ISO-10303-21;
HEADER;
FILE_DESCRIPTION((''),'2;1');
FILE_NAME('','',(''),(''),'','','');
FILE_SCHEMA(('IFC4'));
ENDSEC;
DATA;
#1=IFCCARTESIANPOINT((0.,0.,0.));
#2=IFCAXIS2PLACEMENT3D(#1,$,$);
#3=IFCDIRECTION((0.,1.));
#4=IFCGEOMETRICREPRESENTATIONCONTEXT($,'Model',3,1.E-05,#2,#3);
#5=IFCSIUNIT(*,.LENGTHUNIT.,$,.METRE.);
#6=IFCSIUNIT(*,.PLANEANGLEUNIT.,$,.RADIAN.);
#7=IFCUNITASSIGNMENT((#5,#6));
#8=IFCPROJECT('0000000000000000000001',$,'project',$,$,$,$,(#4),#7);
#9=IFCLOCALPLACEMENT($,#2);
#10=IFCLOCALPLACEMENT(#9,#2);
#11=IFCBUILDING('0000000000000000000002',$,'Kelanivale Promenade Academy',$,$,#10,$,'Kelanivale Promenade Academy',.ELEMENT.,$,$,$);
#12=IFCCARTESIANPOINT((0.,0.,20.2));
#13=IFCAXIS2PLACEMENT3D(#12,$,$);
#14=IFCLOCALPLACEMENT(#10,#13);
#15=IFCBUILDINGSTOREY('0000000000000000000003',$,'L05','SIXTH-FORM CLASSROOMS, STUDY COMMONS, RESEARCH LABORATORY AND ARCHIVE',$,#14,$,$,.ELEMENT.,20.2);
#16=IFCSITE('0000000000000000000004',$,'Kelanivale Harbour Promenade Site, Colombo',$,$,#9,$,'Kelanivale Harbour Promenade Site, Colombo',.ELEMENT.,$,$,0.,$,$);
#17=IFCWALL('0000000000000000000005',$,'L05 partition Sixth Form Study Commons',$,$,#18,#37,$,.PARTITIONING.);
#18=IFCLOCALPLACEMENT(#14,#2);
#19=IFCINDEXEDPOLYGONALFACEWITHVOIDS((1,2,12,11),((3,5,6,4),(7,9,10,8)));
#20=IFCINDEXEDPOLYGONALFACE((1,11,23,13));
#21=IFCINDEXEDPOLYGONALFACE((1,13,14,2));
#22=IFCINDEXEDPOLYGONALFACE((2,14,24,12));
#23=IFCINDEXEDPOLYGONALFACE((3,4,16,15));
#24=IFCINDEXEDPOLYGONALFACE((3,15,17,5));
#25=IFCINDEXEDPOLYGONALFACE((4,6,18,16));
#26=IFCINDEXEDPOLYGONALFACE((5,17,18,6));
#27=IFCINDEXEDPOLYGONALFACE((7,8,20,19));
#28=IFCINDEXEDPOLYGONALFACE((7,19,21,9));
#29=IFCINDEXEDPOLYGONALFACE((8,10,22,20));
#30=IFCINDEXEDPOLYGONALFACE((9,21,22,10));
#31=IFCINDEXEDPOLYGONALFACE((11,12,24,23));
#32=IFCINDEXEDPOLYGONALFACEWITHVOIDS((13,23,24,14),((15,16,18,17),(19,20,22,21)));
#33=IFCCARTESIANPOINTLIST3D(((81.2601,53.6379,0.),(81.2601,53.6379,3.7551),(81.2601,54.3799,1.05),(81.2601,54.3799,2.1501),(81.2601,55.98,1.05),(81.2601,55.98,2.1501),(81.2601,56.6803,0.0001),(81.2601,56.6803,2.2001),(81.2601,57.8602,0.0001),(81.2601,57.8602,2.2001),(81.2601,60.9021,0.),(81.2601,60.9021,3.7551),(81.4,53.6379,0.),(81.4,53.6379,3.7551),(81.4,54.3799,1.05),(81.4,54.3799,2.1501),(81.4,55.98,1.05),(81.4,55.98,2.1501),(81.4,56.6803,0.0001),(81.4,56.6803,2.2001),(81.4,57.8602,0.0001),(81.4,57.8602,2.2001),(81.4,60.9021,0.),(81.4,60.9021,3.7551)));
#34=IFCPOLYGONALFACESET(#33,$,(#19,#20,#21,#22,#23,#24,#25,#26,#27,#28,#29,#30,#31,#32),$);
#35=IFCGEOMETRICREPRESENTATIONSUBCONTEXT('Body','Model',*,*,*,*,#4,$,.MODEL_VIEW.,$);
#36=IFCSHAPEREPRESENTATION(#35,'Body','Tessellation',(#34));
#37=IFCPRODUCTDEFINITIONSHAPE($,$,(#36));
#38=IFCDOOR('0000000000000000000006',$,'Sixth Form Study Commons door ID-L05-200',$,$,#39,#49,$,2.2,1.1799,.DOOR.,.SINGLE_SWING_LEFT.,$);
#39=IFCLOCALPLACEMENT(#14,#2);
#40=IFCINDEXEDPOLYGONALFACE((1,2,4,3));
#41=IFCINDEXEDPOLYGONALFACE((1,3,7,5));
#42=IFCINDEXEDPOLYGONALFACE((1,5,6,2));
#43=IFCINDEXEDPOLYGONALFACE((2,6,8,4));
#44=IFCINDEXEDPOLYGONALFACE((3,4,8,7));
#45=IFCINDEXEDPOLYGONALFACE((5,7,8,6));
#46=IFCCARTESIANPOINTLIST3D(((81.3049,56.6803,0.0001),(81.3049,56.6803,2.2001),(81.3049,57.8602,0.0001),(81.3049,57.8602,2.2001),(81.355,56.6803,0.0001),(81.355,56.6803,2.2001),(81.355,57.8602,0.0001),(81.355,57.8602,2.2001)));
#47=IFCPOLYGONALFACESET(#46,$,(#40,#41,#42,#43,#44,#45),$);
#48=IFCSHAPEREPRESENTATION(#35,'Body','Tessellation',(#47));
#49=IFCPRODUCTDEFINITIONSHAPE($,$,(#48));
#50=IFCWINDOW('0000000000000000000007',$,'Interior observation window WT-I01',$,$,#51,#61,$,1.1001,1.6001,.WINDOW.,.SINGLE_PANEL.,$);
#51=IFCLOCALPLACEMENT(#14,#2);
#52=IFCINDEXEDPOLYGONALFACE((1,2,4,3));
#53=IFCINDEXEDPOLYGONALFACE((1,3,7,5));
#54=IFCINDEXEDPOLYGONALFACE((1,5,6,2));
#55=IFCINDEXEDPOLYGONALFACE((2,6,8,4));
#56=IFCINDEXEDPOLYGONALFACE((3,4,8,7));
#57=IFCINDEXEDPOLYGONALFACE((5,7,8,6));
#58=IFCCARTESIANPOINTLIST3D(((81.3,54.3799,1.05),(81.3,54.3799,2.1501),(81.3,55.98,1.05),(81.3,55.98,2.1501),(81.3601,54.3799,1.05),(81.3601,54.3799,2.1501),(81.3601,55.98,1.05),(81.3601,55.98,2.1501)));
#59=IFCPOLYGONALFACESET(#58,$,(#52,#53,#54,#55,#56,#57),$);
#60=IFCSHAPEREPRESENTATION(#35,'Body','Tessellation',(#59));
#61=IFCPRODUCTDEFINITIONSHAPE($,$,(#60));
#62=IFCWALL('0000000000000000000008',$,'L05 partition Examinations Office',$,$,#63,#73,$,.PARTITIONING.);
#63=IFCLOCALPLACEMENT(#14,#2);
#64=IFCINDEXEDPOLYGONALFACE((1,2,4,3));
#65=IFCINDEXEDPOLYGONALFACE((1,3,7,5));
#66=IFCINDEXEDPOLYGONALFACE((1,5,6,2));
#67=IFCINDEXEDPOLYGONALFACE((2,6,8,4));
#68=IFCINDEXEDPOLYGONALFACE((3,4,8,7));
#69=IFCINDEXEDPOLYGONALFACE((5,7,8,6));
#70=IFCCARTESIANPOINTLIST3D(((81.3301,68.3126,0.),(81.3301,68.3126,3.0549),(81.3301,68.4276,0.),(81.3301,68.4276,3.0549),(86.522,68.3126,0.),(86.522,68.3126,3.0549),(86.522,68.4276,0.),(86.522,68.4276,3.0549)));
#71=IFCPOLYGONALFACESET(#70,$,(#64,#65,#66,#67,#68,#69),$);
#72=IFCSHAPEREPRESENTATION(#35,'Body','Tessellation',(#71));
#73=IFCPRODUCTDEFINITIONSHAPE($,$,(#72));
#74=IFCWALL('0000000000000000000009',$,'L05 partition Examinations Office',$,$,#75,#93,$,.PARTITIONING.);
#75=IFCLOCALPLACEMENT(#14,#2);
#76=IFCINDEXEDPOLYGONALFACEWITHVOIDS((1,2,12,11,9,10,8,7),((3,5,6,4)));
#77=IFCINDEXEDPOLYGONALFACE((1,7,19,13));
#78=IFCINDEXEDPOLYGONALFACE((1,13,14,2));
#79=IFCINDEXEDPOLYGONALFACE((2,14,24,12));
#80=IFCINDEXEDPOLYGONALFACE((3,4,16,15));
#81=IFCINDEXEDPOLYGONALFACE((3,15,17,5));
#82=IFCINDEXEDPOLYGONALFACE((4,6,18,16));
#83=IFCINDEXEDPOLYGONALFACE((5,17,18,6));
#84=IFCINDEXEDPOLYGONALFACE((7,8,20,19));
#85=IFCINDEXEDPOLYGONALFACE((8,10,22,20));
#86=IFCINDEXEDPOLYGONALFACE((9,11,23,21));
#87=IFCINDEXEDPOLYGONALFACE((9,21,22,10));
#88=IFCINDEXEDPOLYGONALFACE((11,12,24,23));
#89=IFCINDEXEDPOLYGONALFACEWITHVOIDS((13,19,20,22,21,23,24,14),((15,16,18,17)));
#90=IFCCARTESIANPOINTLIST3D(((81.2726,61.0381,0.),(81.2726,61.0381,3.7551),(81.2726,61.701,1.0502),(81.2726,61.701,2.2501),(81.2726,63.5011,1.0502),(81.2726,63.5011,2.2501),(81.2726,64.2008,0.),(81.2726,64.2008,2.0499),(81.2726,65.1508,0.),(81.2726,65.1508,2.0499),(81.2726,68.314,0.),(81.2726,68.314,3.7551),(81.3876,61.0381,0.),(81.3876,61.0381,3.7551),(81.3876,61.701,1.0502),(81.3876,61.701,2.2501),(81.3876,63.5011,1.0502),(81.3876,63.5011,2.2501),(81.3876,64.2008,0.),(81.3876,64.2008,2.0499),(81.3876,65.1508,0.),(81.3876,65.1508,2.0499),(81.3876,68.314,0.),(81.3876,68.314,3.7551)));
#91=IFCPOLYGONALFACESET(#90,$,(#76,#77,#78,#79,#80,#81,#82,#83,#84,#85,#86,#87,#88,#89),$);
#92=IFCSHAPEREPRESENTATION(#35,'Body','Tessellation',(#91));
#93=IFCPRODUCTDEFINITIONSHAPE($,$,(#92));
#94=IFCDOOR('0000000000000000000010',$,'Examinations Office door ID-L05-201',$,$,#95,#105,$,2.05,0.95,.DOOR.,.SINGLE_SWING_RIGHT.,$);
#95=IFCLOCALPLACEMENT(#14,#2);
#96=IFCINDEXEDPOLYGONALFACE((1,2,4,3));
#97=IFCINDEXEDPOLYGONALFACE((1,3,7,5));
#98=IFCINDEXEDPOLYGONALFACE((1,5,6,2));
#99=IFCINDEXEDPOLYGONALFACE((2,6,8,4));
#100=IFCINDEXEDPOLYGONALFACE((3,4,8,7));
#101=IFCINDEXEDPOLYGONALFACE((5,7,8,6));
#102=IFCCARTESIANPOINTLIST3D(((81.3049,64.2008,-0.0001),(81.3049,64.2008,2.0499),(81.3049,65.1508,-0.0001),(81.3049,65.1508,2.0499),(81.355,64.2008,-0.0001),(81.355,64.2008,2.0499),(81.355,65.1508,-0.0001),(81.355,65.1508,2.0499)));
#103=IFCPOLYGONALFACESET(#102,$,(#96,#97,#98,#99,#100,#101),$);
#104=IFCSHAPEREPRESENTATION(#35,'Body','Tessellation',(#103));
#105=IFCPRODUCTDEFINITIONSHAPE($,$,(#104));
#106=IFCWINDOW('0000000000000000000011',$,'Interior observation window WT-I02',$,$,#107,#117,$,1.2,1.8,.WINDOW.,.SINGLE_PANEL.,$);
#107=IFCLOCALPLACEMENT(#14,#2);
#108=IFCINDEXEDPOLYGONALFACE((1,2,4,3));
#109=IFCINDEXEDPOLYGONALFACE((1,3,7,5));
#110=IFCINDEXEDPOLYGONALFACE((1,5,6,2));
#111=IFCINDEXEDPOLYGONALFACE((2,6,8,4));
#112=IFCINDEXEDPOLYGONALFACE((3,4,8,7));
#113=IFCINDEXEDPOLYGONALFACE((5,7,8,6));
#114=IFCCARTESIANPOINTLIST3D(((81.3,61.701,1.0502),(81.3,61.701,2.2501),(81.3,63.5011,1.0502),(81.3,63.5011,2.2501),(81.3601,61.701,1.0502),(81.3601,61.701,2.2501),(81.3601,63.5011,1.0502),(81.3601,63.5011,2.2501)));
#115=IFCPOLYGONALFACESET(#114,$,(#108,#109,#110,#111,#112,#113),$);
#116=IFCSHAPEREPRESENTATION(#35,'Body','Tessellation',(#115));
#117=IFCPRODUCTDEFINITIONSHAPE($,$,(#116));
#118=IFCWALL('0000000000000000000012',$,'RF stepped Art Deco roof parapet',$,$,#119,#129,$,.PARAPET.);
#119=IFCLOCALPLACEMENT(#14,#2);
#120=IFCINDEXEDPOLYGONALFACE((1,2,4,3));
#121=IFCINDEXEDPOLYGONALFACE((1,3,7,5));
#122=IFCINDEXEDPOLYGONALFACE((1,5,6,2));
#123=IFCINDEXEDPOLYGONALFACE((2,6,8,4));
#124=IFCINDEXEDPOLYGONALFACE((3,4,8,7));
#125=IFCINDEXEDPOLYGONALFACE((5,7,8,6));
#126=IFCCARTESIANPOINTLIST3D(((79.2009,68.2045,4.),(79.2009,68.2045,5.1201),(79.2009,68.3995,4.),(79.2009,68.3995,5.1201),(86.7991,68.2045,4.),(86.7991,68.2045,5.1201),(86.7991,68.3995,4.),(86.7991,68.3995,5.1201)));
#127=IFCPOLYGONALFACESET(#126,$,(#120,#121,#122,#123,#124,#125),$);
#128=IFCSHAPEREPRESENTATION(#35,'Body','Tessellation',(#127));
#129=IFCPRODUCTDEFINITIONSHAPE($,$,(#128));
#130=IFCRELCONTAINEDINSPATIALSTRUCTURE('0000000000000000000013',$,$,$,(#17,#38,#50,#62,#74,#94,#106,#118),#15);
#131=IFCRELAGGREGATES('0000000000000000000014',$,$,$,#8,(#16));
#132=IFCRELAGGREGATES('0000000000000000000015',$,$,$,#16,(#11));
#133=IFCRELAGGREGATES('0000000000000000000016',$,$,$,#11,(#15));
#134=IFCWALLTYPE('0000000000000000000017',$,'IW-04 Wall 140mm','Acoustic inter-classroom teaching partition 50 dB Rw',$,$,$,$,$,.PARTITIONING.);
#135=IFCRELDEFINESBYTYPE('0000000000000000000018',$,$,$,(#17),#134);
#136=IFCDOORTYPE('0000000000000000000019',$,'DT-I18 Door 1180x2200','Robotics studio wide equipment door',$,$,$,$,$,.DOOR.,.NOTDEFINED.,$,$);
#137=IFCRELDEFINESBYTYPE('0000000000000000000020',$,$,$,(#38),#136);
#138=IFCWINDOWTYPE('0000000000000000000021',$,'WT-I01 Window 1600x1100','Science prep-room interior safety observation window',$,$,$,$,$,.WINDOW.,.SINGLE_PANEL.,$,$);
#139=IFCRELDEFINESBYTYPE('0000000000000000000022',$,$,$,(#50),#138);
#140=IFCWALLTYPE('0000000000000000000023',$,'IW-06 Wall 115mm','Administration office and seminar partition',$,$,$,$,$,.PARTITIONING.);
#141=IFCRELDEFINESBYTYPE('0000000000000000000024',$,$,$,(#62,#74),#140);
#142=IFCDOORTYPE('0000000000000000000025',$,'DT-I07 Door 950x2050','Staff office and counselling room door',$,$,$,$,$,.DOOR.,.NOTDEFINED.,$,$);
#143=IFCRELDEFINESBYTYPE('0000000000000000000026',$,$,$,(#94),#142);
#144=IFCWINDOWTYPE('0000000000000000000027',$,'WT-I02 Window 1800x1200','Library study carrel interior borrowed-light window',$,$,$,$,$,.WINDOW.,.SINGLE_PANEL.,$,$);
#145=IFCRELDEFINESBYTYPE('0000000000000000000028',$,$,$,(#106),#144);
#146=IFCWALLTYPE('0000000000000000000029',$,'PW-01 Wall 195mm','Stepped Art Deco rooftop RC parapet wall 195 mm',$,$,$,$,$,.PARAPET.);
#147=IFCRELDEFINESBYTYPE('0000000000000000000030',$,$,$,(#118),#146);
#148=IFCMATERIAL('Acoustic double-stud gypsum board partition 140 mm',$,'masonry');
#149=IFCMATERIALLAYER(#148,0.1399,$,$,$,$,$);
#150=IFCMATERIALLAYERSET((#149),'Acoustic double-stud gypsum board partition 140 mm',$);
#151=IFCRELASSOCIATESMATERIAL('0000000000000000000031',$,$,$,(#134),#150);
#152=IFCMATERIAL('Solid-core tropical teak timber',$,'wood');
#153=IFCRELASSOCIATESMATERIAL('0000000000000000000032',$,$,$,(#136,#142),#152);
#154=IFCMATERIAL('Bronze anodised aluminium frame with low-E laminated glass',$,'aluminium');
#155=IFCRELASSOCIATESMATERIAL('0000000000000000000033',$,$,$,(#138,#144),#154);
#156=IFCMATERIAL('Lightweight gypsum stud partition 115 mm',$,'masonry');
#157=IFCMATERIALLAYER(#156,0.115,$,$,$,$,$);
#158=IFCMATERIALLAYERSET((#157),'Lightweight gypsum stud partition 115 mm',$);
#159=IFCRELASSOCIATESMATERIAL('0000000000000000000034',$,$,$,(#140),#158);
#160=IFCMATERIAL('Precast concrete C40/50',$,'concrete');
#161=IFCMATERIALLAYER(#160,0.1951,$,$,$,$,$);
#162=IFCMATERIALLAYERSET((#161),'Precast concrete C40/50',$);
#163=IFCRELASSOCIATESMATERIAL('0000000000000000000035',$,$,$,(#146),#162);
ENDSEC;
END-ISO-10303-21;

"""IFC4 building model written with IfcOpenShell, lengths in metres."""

from ifc_helpers import new_model, si_unit, direction, frame, frame_2d, origin, place, context, subcontext, project, spatial, rectangle, extrude, material, layer, layer_set, type_object, element, fill, save


model = new_model("IFC4")

# Units and contexts
model_context = context("Model", 3, precision=1e-05, world=origin(), true_north=direction((0.0, 1.0)))
body_context = subcontext(model_context, "Body", "Model", "MODEL_VIEW")
ifc_project = project(units=[si_unit("LENGTHUNIT", "METRE"), si_unit("PLANEANGLEUNIT", "RADIAN")], contexts=[model_context])

# Site, building, storey
site_placement = place(None, origin())
site = spatial("IfcSite", under=ifc_project, at=site_placement, Name="Kelanivale Harbour Promenade Site, Colombo", LongName="Kelanivale Harbour Promenade Site, Colombo", CompositionType="ELEMENT", RefElevation=0.0)
building_placement = place(site_placement, origin())
building = spatial("IfcBuilding", under=site, at=building_placement, Name="Kelanivale Promenade Academy", LongName="Kelanivale Promenade Academy", CompositionType="ELEMENT")
storey_placement = place(building_placement, frame((0.0, 0.0, 20.2)))
storey = spatial("IfcBuildingStorey", under=building, at=storey_placement, Name="L05", Description="SIXTH-FORM CLASSROOMS, STUDY COMMONS, RESEARCH LABORATORY AND ARCHIVE", CompositionType="ELEMENT", Elevation=20.2)

# Shared definitions
ifc_material_1 = material(Name="Bronze anodised aluminium frame with low-E laminated glass", Category="aluminium")

# Shared definitions
ifc_material_2 = material(Name="Acoustic double-stud gypsum board partition 140 mm", Category="masonry")
ifc_layer_1 = layer(ifc_material_2, 0.1399)
ifc_layer_set_1 = layer_set([ifc_layer_1], Name="Acoustic double-stud gypsum board partition 140 mm")
wall_type_1 = type_object("IfcWallType", Name="IW-04 Wall 140mm", Description="Acoustic inter-classroom teaching partition 50 dB Rw", PredefinedType="PARTITIONING", material=ifc_layer_set_1)

# Wall, openings, door, window
wall_1_placement = place(storey_placement, frame((81.3301, 60.9021, 0.0), z_axis=(0.0, 0.0, 1.0), x_axis=(0.0, -1.0, 0.0)))
wall_1 = element("IfcWall", 1, at=wall_1_placement, inside=storey, type_object=wall_type_1, Name="L05 partition Sixth Form Study Commons", PredefinedType="PARTITIONING", context=body_context, shape_type="SweptSolid", body=[
    extrude(rectangle(XDim=7.2642, YDim=0.1399, at=frame_2d((3.6321, 0.0))), origin(), (0.0, 0.0, 1.0), 3.7551),
])
opening_1_placement = place(wall_1_placement, frame((3.042, 0.0, 0.0)))
opening_1 = element("IfcOpeningElement", 2, at=opening_1_placement, cuts=wall_1, PredefinedType="OPENING", context=body_context, shape_type="SweptSolid", body=[
    extrude(rectangle(XDim=1.1799, YDim=2.2, at=frame_2d((0.5898, 1.1001))), frame((0.0, 0.0801, 0.0), z_axis=(0.0, -1.0, 0.0), x_axis=(1.0, 0.0, 0.0)), (0.0, 0.0, 1.0), 0.1599),
])
opening_2_placement = place(wall_1_placement, frame((4.9221, 0.0, 1.05)))
opening_2 = element("IfcOpeningElement", 3, at=opening_2_placement, cuts=wall_1, PredefinedType="OPENING", context=body_context, shape_type="SweptSolid", body=[
    extrude(rectangle(XDim=1.6001, YDim=1.1001, at=frame_2d((0.8, 0.55))), frame((0.0, 0.0801, 0.0), z_axis=(0.0, -1.0, 0.0), x_axis=(1.0, 0.0, 0.0)), (0.0, 0.0, 1.0), 0.1599),
])
ifc_material_3 = material(Name="Solid-core tropical teak timber", Category="wood")
door_type_1 = type_object("IfcDoorType", Name="DT-I18 Door 1180x2200", Description="Robotics studio wide equipment door", OperationType="NOTDEFINED", PredefinedType="DOOR", material=ifc_material_3)
door_1_placement = place(opening_1_placement, origin())
door_1 = element("IfcDoor", 4, at=door_1_placement, inside=storey, type_object=door_type_1, Name="Sixth Form Study Commons door ID-L05-200", OperationType="SINGLE_SWING_LEFT", OverallHeight=2.2, OverallWidth=1.1799, PredefinedType="DOOR", context=body_context, shape_type="SweptSolid", body=[
    extrude(rectangle(XDim=1.1799, YDim=2.2, at=frame_2d((0.5898, 1.1001))), frame((0.0, 0.0249, 0.0), z_axis=(0.0, -1.0, 0.0), x_axis=(1.0, 0.0, 0.0)), (0.0, 0.0, 1.0), 0.05),
])
fill(opening_1, door_1)
window_type_1 = type_object("IfcWindowType", Name="WT-I01 Window 1600x1100", Description="Science prep-room interior safety observation window", PartitioningType="SINGLE_PANEL", PredefinedType="WINDOW", material=ifc_material_1)
window_1_placement = place(opening_2_placement, origin())
window_1 = element("IfcWindow", 5, at=window_1_placement, inside=storey, type_object=window_type_1, Name="Interior observation window WT-I01", OverallHeight=1.1001, OverallWidth=1.6001, PartitioningType="SINGLE_PANEL", PredefinedType="WINDOW", context=body_context, shape_type="SweptSolid", body=[
    extrude(rectangle(XDim=1.6001, YDim=1.1001, at=frame_2d((0.8, 0.55))), frame((0.0, 0.03, 0.0), z_axis=(0.0, -1.0, 0.0), x_axis=(1.0, 0.0, 0.0)), (0.0, 0.0, 1.0), 0.0601),
])
fill(opening_2, window_1)

# Wall
ifc_material_4 = material(Name="Lightweight gypsum stud partition 115 mm", Category="masonry")
ifc_layer_2 = layer(ifc_material_4, 0.115)
ifc_layer_set_2 = layer_set([ifc_layer_2], Name="Lightweight gypsum stud partition 115 mm")
wall_type_2 = type_object("IfcWallType", Name="IW-06 Wall 115mm", Description="Administration office and seminar partition", PredefinedType="PARTITIONING", material=ifc_layer_set_2)
wall_2_placement = place(storey_placement, frame((86.522, 68.3701, 0.0), z_axis=(0.0, 0.0, 1.0), x_axis=(-1.0, 0.0, 0.0)))
element("IfcWall", 6, at=wall_2_placement, inside=storey, type_object=wall_type_2, Name="L05 partition Examinations Office", PredefinedType="PARTITIONING", context=body_context, shape_type="SweptSolid", body=[
    extrude(rectangle(XDim=5.1919, YDim=0.115, at=frame_2d((2.5959, 0.0))), origin(), (0.0, 0.0, 1.0), 3.0549),
])

# Wall, openings, door, window
wall_3_placement = place(storey_placement, frame((81.3301, 68.314, 0.0), z_axis=(0.0, 0.0, 1.0), x_axis=(0.0, -1.0, 0.0)))
wall_3 = element("IfcWall", 7, at=wall_3_placement, inside=storey, type_object=wall_type_2, Name="L05 partition Examinations Office", PredefinedType="PARTITIONING", context=body_context, shape_type="SweptSolid", body=[
    extrude(rectangle(XDim=7.2759, YDim=0.115, at=frame_2d((3.6379, 0.0))), origin(), (0.0, 0.0, 1.0), 3.7551),
])
opening_3_placement = place(wall_3_placement, frame((3.1631, 0.0, 0.0)))
opening_3 = element("IfcOpeningElement", 8, at=opening_3_placement, cuts=wall_3, PredefinedType="OPENING", context=body_context, shape_type="SweptSolid", body=[
    extrude(rectangle(XDim=0.95, YDim=2.05, at=frame_2d((0.4751, 1.0249))), frame((0.0, 0.0674, 0.0), z_axis=(0.0, -1.0, 0.0), x_axis=(1.0, 0.0, 0.0)), (0.0, 0.0, 1.0), 0.135),
])
opening_4_placement = place(wall_3_placement, frame((4.813, 0.0, 1.05)))
opening_4 = element("IfcOpeningElement", 9, at=opening_4_placement, cuts=wall_3, PredefinedType="OPENING", context=body_context, shape_type="SweptSolid", body=[
    extrude(rectangle(XDim=1.8, YDim=1.2, at=frame_2d((0.8999, 0.6001))), frame((0.0, 0.0674, 0.0), z_axis=(0.0, -1.0, 0.0), x_axis=(1.0, 0.0, 0.0)), (0.0, 0.0, 1.0), 0.135),
])
door_type_2 = type_object("IfcDoorType", Name="DT-I07 Door 950x2050", Description="Staff office and counselling room door", OperationType="NOTDEFINED", PredefinedType="DOOR", material=ifc_material_3)
door_2_placement = place(opening_3_placement, origin())
door_2 = element("IfcDoor", 10, at=door_2_placement, inside=storey, type_object=door_type_2, Name="Examinations Office door ID-L05-201", OperationType="SINGLE_SWING_RIGHT", OverallHeight=2.05, OverallWidth=0.95, PredefinedType="DOOR", context=body_context, shape_type="SweptSolid", body=[
    extrude(rectangle(XDim=0.95, YDim=2.05, at=frame_2d((0.4751, 1.0249))), frame((0.0, 0.0249, 0.0), z_axis=(0.0, -1.0, 0.0), x_axis=(1.0, 0.0, 0.0)), (0.0, 0.0, 1.0), 0.05),
])
fill(opening_3, door_2)
window_type_2 = type_object("IfcWindowType", Name="WT-I02 Window 1800x1200", Description="Library study carrel interior borrowed-light window", PartitioningType="SINGLE_PANEL", PredefinedType="WINDOW", material=ifc_material_1)
window_2_placement = place(opening_4_placement, origin())
window_2 = element("IfcWindow", 11, at=window_2_placement, inside=storey, type_object=window_type_2, Name="Interior observation window WT-I02", OverallHeight=1.2, OverallWidth=1.8, PartitioningType="SINGLE_PANEL", PredefinedType="WINDOW", context=body_context, shape_type="SweptSolid", body=[
    extrude(rectangle(XDim=1.8, YDim=1.2, at=frame_2d((0.8999, 0.6001))), frame((0.0, 0.03, 0.0), z_axis=(0.0, -1.0, 0.0), x_axis=(1.0, 0.0, 0.0)), (0.0, 0.0, 1.0), 0.0601),
])
fill(opening_4, window_2)

# Wall
ifc_material_5 = material(Name="Precast concrete C40/50", Category="concrete")
ifc_layer_3 = layer(ifc_material_5, 0.1951)
ifc_layer_set_3 = layer_set([ifc_layer_3], Name="Precast concrete C40/50")
wall_type_3 = type_object("IfcWallType", Name="PW-01 Wall 195mm", Description="Stepped Art Deco rooftop RC parapet wall 195 mm", PredefinedType="PARAPET", material=ifc_layer_set_3)
wall_4_placement = place(storey_placement, frame((86.7991, 68.302, 4.0), z_axis=(0.0, 0.0, 1.0), x_axis=(-1.0, 0.0, 0.0)))
element("IfcWall", 12, at=wall_4_placement, inside=storey, type_object=wall_type_3, Name="RF stepped Art Deco roof parapet", PredefinedType="PARAPET", context=body_context, shape_type="SweptSolid", body=[
    extrude(rectangle(XDim=7.5981, YDim=0.1951, at=frame_2d((3.7991, 0.0))), origin(), (0.0, 0.0, 1.0), 1.1201),
])

save(model, "model.ifc")
